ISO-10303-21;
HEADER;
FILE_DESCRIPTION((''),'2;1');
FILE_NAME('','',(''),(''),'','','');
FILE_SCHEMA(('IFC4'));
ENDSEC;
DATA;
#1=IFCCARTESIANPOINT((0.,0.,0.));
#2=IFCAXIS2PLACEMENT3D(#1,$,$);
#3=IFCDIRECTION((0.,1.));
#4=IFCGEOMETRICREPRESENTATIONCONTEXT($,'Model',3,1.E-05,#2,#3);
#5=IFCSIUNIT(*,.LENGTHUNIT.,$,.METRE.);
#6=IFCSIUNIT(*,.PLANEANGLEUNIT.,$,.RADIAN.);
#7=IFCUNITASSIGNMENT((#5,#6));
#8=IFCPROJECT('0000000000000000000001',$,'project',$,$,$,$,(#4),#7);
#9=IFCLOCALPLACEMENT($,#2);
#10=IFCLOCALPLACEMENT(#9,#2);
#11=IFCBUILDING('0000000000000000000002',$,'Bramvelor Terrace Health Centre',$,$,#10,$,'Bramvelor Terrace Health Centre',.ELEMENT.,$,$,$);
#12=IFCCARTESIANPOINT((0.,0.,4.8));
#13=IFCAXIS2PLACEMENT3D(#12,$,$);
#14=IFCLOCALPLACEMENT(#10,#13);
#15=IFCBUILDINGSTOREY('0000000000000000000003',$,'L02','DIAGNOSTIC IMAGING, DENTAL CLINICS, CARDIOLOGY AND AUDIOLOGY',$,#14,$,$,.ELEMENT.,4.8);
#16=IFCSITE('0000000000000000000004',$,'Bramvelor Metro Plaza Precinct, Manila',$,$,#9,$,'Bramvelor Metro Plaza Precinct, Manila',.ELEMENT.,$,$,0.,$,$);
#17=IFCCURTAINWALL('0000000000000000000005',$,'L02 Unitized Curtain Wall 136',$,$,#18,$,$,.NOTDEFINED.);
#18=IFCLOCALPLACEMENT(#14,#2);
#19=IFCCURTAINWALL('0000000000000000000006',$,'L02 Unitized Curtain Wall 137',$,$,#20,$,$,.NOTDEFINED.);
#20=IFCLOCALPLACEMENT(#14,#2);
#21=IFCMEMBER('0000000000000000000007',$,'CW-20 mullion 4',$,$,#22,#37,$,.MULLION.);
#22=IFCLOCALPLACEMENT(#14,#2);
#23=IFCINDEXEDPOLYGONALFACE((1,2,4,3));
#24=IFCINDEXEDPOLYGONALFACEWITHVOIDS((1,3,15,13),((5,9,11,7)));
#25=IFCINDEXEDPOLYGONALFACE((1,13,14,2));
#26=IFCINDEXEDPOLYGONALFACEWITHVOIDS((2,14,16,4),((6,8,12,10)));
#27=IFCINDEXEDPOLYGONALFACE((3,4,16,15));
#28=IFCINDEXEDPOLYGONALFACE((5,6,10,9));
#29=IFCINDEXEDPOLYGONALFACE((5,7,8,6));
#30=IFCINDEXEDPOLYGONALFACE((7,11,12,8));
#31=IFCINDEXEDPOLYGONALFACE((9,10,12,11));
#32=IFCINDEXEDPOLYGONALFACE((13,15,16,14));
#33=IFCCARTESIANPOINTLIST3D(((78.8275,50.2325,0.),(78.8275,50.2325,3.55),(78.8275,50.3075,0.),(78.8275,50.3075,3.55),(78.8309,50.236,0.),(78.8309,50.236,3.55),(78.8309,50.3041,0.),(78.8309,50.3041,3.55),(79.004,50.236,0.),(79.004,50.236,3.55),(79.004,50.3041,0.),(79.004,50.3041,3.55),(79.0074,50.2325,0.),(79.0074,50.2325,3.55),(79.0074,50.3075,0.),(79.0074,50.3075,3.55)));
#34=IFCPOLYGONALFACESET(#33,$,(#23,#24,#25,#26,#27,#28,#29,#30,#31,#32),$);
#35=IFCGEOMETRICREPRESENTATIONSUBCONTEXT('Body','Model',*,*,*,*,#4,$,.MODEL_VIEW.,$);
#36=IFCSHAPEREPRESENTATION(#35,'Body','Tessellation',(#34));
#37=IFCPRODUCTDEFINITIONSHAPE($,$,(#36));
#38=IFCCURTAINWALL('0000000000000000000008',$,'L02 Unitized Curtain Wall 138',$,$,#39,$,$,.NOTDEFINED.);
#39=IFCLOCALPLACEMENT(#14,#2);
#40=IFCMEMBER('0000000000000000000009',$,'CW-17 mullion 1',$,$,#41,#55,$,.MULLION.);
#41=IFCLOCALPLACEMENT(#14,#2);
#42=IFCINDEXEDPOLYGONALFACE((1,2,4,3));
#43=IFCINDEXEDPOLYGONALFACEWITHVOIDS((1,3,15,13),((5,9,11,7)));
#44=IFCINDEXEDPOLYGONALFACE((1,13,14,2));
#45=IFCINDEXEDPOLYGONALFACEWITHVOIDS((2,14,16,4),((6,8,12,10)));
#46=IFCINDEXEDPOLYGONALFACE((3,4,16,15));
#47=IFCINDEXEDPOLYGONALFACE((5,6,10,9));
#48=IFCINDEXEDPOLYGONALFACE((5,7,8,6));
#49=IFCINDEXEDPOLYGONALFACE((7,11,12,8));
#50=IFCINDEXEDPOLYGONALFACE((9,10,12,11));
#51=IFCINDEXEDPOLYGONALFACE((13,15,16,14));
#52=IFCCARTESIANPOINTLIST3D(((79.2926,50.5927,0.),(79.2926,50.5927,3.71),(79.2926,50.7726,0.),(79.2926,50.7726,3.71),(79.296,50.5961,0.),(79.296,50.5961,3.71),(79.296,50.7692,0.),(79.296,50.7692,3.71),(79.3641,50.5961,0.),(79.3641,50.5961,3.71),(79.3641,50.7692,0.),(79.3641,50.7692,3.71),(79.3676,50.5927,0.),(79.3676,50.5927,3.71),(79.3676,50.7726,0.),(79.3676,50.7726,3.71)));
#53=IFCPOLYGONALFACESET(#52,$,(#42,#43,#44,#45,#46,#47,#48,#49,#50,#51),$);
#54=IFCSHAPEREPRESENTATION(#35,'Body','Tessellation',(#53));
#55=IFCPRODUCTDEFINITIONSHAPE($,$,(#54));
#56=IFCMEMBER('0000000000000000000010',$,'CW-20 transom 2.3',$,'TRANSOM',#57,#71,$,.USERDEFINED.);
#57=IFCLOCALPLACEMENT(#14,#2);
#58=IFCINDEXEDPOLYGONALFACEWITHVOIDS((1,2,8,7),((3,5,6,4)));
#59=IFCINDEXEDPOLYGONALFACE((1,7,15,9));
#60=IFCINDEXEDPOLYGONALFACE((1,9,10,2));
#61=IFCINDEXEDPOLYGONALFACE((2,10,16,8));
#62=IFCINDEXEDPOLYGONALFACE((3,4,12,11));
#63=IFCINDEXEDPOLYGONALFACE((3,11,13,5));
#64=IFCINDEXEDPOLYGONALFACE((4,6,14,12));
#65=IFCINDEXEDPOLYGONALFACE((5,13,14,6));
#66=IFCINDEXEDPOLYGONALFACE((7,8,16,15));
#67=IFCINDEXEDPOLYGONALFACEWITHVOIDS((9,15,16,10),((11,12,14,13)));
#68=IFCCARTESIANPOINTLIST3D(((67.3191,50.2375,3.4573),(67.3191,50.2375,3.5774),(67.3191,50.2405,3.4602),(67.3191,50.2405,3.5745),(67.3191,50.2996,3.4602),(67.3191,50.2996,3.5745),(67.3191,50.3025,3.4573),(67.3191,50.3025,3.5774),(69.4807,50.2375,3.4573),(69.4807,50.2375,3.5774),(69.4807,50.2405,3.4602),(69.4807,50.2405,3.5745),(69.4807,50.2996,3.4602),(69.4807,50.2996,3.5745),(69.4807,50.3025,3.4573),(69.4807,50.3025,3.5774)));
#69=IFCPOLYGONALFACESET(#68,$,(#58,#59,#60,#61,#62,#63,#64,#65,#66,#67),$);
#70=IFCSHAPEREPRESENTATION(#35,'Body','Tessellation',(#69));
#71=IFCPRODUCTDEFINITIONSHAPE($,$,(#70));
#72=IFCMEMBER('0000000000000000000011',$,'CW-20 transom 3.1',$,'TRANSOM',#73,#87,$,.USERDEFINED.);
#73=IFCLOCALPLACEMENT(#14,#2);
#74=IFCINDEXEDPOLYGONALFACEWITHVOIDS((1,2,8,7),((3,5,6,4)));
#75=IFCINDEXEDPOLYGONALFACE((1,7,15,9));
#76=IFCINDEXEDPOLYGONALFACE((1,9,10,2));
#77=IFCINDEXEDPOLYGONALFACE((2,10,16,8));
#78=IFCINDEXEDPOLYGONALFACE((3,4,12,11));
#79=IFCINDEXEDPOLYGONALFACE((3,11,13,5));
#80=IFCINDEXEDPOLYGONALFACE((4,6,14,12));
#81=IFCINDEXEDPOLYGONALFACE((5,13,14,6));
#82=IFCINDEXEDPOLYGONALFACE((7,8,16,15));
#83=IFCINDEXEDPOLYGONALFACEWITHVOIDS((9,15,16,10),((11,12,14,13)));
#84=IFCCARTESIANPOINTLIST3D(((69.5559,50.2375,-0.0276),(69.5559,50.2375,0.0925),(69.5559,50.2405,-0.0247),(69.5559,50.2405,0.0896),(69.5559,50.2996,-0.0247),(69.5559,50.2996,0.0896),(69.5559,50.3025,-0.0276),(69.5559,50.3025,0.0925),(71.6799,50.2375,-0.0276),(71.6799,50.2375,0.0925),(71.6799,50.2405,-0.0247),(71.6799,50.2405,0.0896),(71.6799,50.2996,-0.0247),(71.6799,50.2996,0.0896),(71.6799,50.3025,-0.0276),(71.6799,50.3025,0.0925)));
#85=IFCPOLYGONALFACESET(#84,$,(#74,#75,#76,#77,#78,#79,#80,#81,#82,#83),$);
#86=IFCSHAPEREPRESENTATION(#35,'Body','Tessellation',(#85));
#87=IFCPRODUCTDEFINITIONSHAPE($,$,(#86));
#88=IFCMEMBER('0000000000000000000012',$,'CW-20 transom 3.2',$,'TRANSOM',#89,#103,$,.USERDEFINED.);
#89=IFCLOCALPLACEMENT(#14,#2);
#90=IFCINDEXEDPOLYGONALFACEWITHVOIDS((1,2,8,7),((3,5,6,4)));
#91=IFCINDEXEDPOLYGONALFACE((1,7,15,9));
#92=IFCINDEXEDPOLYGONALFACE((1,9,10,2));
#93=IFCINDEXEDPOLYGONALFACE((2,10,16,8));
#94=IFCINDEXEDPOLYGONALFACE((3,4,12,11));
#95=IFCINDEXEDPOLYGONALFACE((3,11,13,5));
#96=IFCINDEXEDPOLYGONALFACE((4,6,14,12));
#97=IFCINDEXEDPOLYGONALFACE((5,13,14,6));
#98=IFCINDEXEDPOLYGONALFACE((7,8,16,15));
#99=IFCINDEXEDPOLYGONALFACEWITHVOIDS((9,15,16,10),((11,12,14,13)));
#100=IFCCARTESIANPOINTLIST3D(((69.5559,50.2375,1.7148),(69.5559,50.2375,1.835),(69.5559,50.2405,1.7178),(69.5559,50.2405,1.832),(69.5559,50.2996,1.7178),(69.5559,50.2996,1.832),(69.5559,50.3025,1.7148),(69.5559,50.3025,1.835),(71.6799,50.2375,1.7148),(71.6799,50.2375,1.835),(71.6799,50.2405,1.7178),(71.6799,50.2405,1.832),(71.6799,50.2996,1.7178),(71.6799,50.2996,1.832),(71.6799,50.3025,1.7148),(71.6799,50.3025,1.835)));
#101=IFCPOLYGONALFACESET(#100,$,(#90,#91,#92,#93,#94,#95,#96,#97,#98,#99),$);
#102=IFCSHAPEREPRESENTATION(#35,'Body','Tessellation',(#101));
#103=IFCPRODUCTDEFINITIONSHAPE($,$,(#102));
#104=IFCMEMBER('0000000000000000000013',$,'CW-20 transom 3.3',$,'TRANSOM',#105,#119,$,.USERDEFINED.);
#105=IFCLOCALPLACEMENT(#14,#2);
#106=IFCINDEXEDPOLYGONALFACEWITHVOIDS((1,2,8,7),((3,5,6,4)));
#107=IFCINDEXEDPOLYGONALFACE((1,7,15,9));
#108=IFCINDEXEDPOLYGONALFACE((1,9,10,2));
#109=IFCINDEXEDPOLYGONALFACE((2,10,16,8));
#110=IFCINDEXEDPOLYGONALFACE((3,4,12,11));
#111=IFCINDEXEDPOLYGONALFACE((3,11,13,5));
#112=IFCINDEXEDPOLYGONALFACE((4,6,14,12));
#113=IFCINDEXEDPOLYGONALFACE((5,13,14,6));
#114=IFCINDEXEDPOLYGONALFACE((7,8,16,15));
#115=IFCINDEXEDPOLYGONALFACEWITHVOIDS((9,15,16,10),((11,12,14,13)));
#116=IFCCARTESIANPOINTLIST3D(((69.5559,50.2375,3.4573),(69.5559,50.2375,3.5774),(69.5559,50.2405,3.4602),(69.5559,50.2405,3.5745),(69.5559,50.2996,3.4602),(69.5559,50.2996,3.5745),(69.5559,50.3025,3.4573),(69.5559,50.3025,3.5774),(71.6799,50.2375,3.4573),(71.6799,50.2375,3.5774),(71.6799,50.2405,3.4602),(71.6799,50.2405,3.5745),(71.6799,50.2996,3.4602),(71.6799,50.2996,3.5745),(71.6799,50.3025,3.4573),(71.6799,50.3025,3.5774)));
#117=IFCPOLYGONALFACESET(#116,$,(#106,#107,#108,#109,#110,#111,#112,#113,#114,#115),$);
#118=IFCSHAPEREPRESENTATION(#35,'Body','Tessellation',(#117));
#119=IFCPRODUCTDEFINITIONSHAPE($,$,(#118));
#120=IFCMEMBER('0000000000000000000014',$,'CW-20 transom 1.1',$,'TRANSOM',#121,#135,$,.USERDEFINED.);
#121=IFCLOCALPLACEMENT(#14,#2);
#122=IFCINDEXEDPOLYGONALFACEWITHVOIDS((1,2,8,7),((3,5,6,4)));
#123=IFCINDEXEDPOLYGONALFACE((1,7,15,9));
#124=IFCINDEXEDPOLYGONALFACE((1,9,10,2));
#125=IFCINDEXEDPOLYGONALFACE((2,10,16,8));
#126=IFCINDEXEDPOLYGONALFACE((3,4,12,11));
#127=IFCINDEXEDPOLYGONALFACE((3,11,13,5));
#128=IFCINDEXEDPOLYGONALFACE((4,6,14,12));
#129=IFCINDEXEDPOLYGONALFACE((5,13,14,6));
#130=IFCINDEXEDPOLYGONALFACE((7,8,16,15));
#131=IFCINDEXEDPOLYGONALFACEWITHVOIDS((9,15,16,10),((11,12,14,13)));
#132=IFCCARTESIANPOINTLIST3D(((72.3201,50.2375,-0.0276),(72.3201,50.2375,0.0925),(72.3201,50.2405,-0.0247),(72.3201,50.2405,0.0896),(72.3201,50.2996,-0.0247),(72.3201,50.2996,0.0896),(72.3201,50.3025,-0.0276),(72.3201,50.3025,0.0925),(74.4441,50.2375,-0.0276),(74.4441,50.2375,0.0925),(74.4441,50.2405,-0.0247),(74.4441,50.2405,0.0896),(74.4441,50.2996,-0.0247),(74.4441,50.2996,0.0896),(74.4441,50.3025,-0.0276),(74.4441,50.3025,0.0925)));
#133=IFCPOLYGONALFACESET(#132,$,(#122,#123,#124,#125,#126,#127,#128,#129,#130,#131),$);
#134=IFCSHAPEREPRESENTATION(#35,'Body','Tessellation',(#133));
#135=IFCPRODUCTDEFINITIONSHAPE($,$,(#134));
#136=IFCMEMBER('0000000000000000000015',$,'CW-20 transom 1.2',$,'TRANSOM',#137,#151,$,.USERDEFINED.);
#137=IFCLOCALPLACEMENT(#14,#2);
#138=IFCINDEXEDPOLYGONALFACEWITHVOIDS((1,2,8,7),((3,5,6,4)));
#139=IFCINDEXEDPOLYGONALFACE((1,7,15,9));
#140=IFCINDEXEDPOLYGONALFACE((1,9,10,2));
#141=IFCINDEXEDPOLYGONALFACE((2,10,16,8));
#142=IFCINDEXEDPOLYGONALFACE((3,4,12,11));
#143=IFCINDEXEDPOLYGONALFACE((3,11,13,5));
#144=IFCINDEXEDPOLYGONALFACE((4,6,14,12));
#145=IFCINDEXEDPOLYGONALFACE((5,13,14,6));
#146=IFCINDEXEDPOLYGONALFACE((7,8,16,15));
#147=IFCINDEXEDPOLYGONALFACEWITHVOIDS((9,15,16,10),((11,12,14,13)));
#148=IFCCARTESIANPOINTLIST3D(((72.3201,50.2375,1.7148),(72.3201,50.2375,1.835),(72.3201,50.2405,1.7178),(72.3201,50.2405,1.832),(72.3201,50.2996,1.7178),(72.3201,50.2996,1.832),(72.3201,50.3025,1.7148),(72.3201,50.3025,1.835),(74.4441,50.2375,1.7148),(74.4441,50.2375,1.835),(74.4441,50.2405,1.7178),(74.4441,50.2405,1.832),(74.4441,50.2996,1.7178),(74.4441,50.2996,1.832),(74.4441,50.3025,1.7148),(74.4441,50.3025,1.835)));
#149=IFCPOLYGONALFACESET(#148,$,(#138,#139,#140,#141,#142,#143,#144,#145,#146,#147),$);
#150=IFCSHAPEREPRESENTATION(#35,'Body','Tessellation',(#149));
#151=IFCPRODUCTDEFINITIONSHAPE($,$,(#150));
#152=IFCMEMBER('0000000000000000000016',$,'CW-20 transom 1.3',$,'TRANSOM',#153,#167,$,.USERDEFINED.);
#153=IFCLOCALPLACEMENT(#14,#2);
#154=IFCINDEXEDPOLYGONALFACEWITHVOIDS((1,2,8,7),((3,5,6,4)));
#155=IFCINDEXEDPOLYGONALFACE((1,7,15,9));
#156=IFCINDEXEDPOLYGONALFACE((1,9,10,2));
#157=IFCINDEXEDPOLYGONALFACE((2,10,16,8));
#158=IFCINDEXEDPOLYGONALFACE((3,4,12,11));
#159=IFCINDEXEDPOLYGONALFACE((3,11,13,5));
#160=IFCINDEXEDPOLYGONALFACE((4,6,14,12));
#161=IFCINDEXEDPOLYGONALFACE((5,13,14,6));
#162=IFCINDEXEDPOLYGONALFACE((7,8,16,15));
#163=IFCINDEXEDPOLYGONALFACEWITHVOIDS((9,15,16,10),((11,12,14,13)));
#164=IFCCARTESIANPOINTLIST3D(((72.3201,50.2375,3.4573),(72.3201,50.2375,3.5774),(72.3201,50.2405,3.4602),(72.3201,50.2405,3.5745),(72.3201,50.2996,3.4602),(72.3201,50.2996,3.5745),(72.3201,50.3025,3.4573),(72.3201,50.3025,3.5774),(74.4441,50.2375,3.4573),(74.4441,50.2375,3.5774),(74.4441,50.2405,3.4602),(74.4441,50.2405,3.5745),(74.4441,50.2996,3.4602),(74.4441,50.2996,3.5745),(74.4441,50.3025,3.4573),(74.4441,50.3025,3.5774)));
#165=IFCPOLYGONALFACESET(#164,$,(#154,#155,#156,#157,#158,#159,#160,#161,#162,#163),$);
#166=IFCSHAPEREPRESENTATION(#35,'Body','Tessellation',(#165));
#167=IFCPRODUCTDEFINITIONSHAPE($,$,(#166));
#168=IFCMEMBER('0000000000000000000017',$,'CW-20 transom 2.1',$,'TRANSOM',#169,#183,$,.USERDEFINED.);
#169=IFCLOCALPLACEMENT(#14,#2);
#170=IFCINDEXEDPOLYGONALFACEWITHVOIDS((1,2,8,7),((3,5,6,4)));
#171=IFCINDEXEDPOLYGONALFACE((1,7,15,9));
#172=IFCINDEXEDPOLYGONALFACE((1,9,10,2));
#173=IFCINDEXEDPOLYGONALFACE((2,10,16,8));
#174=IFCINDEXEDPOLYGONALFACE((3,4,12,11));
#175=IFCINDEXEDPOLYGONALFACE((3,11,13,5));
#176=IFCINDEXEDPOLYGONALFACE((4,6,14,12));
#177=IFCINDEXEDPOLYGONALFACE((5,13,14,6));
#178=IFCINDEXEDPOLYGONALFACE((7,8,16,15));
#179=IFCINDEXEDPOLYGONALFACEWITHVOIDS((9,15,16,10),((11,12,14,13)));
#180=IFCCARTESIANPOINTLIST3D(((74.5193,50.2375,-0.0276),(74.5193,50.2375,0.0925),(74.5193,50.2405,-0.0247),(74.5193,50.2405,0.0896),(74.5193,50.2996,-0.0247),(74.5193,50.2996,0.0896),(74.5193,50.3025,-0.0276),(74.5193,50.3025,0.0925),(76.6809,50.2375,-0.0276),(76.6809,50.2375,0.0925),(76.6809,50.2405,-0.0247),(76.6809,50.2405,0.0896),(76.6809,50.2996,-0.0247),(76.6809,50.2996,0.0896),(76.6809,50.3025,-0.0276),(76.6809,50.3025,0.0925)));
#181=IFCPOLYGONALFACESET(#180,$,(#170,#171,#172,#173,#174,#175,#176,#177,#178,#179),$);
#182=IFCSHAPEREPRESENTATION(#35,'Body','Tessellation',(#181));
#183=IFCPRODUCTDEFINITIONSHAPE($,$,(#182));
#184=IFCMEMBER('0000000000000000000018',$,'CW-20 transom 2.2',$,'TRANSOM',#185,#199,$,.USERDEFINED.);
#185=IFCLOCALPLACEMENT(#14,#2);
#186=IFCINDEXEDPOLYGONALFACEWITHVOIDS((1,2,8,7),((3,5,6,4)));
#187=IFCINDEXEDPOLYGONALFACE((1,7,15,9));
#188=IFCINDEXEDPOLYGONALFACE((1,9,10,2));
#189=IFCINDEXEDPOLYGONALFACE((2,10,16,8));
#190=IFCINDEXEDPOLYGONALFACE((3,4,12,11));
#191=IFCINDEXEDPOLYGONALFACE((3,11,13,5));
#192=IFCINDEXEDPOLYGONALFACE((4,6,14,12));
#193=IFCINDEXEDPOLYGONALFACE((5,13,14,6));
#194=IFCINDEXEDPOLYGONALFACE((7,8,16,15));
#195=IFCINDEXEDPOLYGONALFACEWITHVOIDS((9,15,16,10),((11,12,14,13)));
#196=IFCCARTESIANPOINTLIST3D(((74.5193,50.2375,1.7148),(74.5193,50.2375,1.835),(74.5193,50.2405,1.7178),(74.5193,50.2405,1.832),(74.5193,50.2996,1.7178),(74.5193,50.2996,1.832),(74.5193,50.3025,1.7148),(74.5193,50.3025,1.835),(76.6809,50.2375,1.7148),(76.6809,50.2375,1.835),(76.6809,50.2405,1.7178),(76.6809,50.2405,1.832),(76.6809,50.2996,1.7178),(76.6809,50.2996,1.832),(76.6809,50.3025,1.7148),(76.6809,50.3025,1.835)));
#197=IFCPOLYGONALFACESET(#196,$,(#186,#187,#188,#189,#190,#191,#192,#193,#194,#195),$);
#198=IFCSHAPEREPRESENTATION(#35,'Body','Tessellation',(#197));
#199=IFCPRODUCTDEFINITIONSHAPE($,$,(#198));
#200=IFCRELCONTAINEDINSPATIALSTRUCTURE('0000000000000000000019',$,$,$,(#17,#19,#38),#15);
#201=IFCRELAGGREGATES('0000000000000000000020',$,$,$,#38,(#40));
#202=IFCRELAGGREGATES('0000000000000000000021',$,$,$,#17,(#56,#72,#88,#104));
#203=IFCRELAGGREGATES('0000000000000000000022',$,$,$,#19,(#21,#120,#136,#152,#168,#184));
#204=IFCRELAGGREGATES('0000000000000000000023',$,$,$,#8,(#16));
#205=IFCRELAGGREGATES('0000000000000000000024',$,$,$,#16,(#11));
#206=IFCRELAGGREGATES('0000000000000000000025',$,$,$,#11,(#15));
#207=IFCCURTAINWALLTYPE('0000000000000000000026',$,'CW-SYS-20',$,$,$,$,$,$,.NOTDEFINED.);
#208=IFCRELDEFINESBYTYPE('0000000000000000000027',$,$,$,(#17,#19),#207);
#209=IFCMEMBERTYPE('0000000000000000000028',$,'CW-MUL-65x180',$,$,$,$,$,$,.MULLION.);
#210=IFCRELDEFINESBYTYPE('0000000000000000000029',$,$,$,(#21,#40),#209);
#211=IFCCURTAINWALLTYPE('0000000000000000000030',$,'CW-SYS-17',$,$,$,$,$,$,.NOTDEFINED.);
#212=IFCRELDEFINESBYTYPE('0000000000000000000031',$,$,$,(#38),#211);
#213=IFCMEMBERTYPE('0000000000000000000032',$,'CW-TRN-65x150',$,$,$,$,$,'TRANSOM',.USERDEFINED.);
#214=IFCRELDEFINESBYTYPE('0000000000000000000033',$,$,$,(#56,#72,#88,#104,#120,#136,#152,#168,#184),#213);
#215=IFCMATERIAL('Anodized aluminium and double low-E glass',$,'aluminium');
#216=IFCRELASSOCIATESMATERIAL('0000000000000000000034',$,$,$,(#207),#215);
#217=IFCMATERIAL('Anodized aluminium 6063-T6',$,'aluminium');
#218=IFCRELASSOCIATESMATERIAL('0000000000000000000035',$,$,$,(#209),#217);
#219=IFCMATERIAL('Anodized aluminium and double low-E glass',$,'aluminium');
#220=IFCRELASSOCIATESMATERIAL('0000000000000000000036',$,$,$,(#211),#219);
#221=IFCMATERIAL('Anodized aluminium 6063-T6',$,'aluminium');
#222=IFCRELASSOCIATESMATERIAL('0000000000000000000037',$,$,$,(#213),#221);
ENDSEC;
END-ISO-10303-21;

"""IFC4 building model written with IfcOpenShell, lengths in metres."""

from ifc_helpers import new_model, si_unit, direction, frame, origin, origin_2d, place, context, subcontext, project, spatial, hollow_rectangle, extrude, material, material_profile, profile_set, type_object, element, aggregate, save


model = new_model("IFC4")

# Units and contexts
model_context = context("Model", 3, precision=1e-05, world=origin(), true_north=direction((0.0, 1.0)))
body_context = subcontext(model_context, "Body", "Model", "MODEL_VIEW")
ifc_project = project(units=[si_unit("LENGTHUNIT", "METRE"), si_unit("PLANEANGLEUNIT", "RADIAN")], contexts=[model_context])

# Site, building, storey
site_placement = place(None, origin())
site = spatial("IfcSite", under=ifc_project, at=site_placement, Name="Bramvelor Metro Plaza Precinct, Manila", LongName="Bramvelor Metro Plaza Precinct, Manila", CompositionType="ELEMENT", RefElevation=0.0)
building_placement = place(site_placement, origin())
building = spatial("IfcBuilding", under=site, at=building_placement, Name="Bramvelor Terrace Health Centre", LongName="Bramvelor Terrace Health Centre", CompositionType="ELEMENT")
storey_placement = place(building_placement, frame((0.0, 0.0, 4.8)))
storey = spatial("IfcBuildingStorey", under=building, at=storey_placement, Name="L02", Description="DIAGNOSTIC IMAGING, DENTAL CLINICS, CARDIOLOGY AND AUDIOLOGY", CompositionType="ELEMENT", Elevation=4.8)

# Curtain walls, member
ifc_material_1 = material(Name="Anodized aluminium and double low-E glass", Category="aluminium")
curtain_wall_type_1 = type_object("IfcCurtainWallType", Name="CW-SYS-20", PredefinedType="NOTDEFINED", material=ifc_material_1)
curtain_wall_1_placement = place(storey_placement, origin())
curtain_wall_1 = element("IfcCurtainWall", 1, at=curtain_wall_1_placement, inside=storey, type_object=curtain_wall_type_1, Name="L02 Unitized Curtain Wall 136", PredefinedType="NOTDEFINED")
ifc_material_2 = material(Name="Anodized aluminium 6063-T6", Category="aluminium")
ifc_material_profile_1 = material_profile(ifc_material_2, hollow_rectangle(XDim=0.075, YDim=0.1799, WallThickness=0.0034, at=origin_2d()), Name="ALU-MUL 75x180x3.5")
ifc_profile_set_1 = profile_set([ifc_material_profile_1], Name="Anodized aluminium 6063-T6")
member_type_1 = type_object("IfcMemberType", Name="CW-MUL-65x180", PredefinedType="MULLION", material=ifc_profile_set_1)
curtain_wall_2_placement = place(storey_placement, origin())
curtain_wall_2 = element("IfcCurtainWall", 2, at=curtain_wall_2_placement, inside=storey, type_object=curtain_wall_type_1, Name="L02 Unitized Curtain Wall 137", PredefinedType="NOTDEFINED")
member_1_placement = place(storey_placement, frame((78.9175, 50.27, 0.0), z_axis=(0.0, 0.0, 1.0), x_axis=(0.0, 1.0, 0.0)))
member_1 = element("IfcMember", 3, at=member_1_placement, type_object=member_type_1, Name="CW-20 mullion 4", PredefinedType="MULLION", context=body_context, shape_type="SweptSolid", body=[
    extrude(hollow_rectangle(XDim=0.075, YDim=0.1799, WallThickness=0.0034, at=origin_2d()), origin(), (0.0, 0.0, 1.0), 3.55),
])

# Curtain wall, member
ifc_material_3 = material(Name="Anodized aluminium and double low-E glass", Category="aluminium")
curtain_wall_type_2 = type_object("IfcCurtainWallType", Name="CW-SYS-17", PredefinedType="NOTDEFINED", material=ifc_material_3)
curtain_wall_3_placement = place(storey_placement, origin())
curtain_wall_3 = element("IfcCurtainWall", 4, at=curtain_wall_3_placement, inside=storey, type_object=curtain_wall_type_2, Name="L02 Unitized Curtain Wall 138", PredefinedType="NOTDEFINED")
member_2_placement = place(storey_placement, frame((79.3301, 50.6826, 0.0), z_axis=(0.0, 0.0, 1.0), x_axis=(-1.0, 0.0, 0.0)))
member_2 = element("IfcMember", 5, at=member_2_placement, type_object=member_type_1, Name="CW-17 mullion 1", PredefinedType="MULLION", context=body_context, shape_type="SweptSolid", body=[
    extrude(hollow_rectangle(XDim=0.075, YDim=0.1799, WallThickness=0.0034, at=origin_2d()), origin(), (0.0, 0.0, 1.0), 3.71),
])

# Members
ifc_material_4 = material(Name="Anodized aluminium 6063-T6", Category="aluminium")
ifc_material_profile_2 = material_profile(ifc_material_4, hollow_rectangle(XDim=0.0649, YDim=0.1201, WallThickness=0.0029, at=origin_2d()), Name="ALU-TRN 65x120x3.0")
ifc_profile_set_2 = profile_set([ifc_material_profile_2], Name="Anodized aluminium 6063-T6")
member_type_2 = type_object("IfcMemberType", Name="CW-TRN-65x150", ElementType="TRANSOM", PredefinedType="USERDEFINED", material=ifc_profile_set_2)
member_3_placement = place(storey_placement, frame((67.3191, 50.27, 3.5173), z_axis=(1.0, 0.0, 0.0), x_axis=(0.0, 1.0, 0.0)))
member_3 = element("IfcMember", 6, at=member_3_placement, type_object=member_type_2, Name="CW-20 transom 2.3", ObjectType="TRANSOM", PredefinedType="USERDEFINED", context=body_context, shape_type="SweptSolid", body=[
    extrude(hollow_rectangle(XDim=0.0649, YDim=0.1201, WallThickness=0.0029, at=origin_2d()), origin(), (0.0, 0.0, 1.0), 2.1616),
])
member_4_placement = place(storey_placement, frame((69.5559, 50.27, 0.0325), z_axis=(1.0, 0.0, 0.0), x_axis=(0.0, 1.0, 0.0)))
member_4 = element("IfcMember", 7, at=member_4_placement, type_object=member_type_2, Name="CW-20 transom 3.1", ObjectType="TRANSOM", PredefinedType="USERDEFINED", context=body_context, shape_type="SweptSolid", body=[
    extrude(hollow_rectangle(XDim=0.0649, YDim=0.1201, WallThickness=0.0029, at=origin_2d()), origin(), (0.0, 0.0, 1.0), 2.124),
])
member_5_placement = place(storey_placement, frame((69.5559, 50.27, 1.7749), z_axis=(1.0, 0.0, 0.0), x_axis=(0.0, 1.0, 0.0)))
member_5 = element("IfcMember", 8, at=member_5_placement, type_object=member_type_2, Name="CW-20 transom 3.2", ObjectType="TRANSOM", PredefinedType="USERDEFINED", context=body_context, shape_type="SweptSolid", body=[
    extrude(hollow_rectangle(XDim=0.0649, YDim=0.1201, WallThickness=0.0029, at=origin_2d()), origin(), (0.0, 0.0, 1.0), 2.124),
])
member_6_placement = place(storey_placement, frame((69.5559, 50.27, 3.5173), z_axis=(1.0, 0.0, 0.0), x_axis=(0.0, 1.0, 0.0)))
member_6 = element("IfcMember", 9, at=member_6_placement, type_object=member_type_2, Name="CW-20 transom 3.3", ObjectType="TRANSOM", PredefinedType="USERDEFINED", context=body_context, shape_type="SweptSolid", body=[
    extrude(hollow_rectangle(XDim=0.0649, YDim=0.1201, WallThickness=0.0029, at=origin_2d()), origin(), (0.0, 0.0, 1.0), 2.124),
])
member_7_placement = place(storey_placement, frame((72.3201, 50.27, 0.0325), z_axis=(1.0, 0.0, 0.0), x_axis=(0.0, 1.0, 0.0)))
member_7 = element("IfcMember", 10, at=member_7_placement, type_object=member_type_2, Name="CW-20 transom 1.1", ObjectType="TRANSOM", PredefinedType="USERDEFINED", context=body_context, shape_type="SweptSolid", body=[
    extrude(hollow_rectangle(XDim=0.0649, YDim=0.1201, WallThickness=0.0029, at=origin_2d()), origin(), (0.0, 0.0, 1.0), 2.124),
])
member_8_placement = place(storey_placement, frame((72.3201, 50.27, 1.7749), z_axis=(1.0, 0.0, 0.0), x_axis=(0.0, 1.0, 0.0)))
member_8 = element("IfcMember", 11, at=member_8_placement, type_object=member_type_2, Name="CW-20 transom 1.2", ObjectType="TRANSOM", PredefinedType="USERDEFINED", context=body_context, shape_type="SweptSolid", body=[
    extrude(hollow_rectangle(XDim=0.0649, YDim=0.1201, WallThickness=0.0029, at=origin_2d()), origin(), (0.0, 0.0, 1.0), 2.124),
])
member_9_placement = place(storey_placement, frame((72.3201, 50.27, 3.5173), z_axis=(1.0, 0.0, 0.0), x_axis=(0.0, 1.0, 0.0)))
member_9 = element("IfcMember", 12, at=member_9_placement, type_object=member_type_2, Name="CW-20 transom 1.3", ObjectType="TRANSOM", PredefinedType="USERDEFINED", context=body_context, shape_type="SweptSolid", body=[
    extrude(hollow_rectangle(XDim=0.0649, YDim=0.1201, WallThickness=0.0029, at=origin_2d()), origin(), (0.0, 0.0, 1.0), 2.124),
])
member_10_placement = place(storey_placement, frame((74.5193, 50.27, 0.0325), z_axis=(1.0, 0.0, 0.0), x_axis=(0.0, 1.0, 0.0)))
member_10 = element("IfcMember", 13, at=member_10_placement, type_object=member_type_2, Name="CW-20 transom 2.1", ObjectType="TRANSOM", PredefinedType="USERDEFINED", context=body_context, shape_type="SweptSolid", body=[
    extrude(hollow_rectangle(XDim=0.0649, YDim=0.1201, WallThickness=0.0029, at=origin_2d()), origin(), (0.0, 0.0, 1.0), 2.1616),
])
member_11_placement = place(storey_placement, frame((74.5193, 50.27, 1.7749), z_axis=(1.0, 0.0, 0.0), x_axis=(0.0, 1.0, 0.0)))
member_11 = element("IfcMember", 14, at=member_11_placement, type_object=member_type_2, Name="CW-20 transom 2.2", ObjectType="TRANSOM", PredefinedType="USERDEFINED", context=body_context, shape_type="SweptSolid", body=[
    extrude(hollow_rectangle(XDim=0.0649, YDim=0.1201, WallThickness=0.0029, at=origin_2d()), origin(), (0.0, 0.0, 1.0), 2.1616),
])
aggregate(curtain_wall_3, [member_2])

aggregate(curtain_wall_1, [member_3, member_4, member_5, member_6])
aggregate(curtain_wall_2, [member_1, member_7, member_8, member_9, member_10, member_11])

save(model, "model.ifc")
